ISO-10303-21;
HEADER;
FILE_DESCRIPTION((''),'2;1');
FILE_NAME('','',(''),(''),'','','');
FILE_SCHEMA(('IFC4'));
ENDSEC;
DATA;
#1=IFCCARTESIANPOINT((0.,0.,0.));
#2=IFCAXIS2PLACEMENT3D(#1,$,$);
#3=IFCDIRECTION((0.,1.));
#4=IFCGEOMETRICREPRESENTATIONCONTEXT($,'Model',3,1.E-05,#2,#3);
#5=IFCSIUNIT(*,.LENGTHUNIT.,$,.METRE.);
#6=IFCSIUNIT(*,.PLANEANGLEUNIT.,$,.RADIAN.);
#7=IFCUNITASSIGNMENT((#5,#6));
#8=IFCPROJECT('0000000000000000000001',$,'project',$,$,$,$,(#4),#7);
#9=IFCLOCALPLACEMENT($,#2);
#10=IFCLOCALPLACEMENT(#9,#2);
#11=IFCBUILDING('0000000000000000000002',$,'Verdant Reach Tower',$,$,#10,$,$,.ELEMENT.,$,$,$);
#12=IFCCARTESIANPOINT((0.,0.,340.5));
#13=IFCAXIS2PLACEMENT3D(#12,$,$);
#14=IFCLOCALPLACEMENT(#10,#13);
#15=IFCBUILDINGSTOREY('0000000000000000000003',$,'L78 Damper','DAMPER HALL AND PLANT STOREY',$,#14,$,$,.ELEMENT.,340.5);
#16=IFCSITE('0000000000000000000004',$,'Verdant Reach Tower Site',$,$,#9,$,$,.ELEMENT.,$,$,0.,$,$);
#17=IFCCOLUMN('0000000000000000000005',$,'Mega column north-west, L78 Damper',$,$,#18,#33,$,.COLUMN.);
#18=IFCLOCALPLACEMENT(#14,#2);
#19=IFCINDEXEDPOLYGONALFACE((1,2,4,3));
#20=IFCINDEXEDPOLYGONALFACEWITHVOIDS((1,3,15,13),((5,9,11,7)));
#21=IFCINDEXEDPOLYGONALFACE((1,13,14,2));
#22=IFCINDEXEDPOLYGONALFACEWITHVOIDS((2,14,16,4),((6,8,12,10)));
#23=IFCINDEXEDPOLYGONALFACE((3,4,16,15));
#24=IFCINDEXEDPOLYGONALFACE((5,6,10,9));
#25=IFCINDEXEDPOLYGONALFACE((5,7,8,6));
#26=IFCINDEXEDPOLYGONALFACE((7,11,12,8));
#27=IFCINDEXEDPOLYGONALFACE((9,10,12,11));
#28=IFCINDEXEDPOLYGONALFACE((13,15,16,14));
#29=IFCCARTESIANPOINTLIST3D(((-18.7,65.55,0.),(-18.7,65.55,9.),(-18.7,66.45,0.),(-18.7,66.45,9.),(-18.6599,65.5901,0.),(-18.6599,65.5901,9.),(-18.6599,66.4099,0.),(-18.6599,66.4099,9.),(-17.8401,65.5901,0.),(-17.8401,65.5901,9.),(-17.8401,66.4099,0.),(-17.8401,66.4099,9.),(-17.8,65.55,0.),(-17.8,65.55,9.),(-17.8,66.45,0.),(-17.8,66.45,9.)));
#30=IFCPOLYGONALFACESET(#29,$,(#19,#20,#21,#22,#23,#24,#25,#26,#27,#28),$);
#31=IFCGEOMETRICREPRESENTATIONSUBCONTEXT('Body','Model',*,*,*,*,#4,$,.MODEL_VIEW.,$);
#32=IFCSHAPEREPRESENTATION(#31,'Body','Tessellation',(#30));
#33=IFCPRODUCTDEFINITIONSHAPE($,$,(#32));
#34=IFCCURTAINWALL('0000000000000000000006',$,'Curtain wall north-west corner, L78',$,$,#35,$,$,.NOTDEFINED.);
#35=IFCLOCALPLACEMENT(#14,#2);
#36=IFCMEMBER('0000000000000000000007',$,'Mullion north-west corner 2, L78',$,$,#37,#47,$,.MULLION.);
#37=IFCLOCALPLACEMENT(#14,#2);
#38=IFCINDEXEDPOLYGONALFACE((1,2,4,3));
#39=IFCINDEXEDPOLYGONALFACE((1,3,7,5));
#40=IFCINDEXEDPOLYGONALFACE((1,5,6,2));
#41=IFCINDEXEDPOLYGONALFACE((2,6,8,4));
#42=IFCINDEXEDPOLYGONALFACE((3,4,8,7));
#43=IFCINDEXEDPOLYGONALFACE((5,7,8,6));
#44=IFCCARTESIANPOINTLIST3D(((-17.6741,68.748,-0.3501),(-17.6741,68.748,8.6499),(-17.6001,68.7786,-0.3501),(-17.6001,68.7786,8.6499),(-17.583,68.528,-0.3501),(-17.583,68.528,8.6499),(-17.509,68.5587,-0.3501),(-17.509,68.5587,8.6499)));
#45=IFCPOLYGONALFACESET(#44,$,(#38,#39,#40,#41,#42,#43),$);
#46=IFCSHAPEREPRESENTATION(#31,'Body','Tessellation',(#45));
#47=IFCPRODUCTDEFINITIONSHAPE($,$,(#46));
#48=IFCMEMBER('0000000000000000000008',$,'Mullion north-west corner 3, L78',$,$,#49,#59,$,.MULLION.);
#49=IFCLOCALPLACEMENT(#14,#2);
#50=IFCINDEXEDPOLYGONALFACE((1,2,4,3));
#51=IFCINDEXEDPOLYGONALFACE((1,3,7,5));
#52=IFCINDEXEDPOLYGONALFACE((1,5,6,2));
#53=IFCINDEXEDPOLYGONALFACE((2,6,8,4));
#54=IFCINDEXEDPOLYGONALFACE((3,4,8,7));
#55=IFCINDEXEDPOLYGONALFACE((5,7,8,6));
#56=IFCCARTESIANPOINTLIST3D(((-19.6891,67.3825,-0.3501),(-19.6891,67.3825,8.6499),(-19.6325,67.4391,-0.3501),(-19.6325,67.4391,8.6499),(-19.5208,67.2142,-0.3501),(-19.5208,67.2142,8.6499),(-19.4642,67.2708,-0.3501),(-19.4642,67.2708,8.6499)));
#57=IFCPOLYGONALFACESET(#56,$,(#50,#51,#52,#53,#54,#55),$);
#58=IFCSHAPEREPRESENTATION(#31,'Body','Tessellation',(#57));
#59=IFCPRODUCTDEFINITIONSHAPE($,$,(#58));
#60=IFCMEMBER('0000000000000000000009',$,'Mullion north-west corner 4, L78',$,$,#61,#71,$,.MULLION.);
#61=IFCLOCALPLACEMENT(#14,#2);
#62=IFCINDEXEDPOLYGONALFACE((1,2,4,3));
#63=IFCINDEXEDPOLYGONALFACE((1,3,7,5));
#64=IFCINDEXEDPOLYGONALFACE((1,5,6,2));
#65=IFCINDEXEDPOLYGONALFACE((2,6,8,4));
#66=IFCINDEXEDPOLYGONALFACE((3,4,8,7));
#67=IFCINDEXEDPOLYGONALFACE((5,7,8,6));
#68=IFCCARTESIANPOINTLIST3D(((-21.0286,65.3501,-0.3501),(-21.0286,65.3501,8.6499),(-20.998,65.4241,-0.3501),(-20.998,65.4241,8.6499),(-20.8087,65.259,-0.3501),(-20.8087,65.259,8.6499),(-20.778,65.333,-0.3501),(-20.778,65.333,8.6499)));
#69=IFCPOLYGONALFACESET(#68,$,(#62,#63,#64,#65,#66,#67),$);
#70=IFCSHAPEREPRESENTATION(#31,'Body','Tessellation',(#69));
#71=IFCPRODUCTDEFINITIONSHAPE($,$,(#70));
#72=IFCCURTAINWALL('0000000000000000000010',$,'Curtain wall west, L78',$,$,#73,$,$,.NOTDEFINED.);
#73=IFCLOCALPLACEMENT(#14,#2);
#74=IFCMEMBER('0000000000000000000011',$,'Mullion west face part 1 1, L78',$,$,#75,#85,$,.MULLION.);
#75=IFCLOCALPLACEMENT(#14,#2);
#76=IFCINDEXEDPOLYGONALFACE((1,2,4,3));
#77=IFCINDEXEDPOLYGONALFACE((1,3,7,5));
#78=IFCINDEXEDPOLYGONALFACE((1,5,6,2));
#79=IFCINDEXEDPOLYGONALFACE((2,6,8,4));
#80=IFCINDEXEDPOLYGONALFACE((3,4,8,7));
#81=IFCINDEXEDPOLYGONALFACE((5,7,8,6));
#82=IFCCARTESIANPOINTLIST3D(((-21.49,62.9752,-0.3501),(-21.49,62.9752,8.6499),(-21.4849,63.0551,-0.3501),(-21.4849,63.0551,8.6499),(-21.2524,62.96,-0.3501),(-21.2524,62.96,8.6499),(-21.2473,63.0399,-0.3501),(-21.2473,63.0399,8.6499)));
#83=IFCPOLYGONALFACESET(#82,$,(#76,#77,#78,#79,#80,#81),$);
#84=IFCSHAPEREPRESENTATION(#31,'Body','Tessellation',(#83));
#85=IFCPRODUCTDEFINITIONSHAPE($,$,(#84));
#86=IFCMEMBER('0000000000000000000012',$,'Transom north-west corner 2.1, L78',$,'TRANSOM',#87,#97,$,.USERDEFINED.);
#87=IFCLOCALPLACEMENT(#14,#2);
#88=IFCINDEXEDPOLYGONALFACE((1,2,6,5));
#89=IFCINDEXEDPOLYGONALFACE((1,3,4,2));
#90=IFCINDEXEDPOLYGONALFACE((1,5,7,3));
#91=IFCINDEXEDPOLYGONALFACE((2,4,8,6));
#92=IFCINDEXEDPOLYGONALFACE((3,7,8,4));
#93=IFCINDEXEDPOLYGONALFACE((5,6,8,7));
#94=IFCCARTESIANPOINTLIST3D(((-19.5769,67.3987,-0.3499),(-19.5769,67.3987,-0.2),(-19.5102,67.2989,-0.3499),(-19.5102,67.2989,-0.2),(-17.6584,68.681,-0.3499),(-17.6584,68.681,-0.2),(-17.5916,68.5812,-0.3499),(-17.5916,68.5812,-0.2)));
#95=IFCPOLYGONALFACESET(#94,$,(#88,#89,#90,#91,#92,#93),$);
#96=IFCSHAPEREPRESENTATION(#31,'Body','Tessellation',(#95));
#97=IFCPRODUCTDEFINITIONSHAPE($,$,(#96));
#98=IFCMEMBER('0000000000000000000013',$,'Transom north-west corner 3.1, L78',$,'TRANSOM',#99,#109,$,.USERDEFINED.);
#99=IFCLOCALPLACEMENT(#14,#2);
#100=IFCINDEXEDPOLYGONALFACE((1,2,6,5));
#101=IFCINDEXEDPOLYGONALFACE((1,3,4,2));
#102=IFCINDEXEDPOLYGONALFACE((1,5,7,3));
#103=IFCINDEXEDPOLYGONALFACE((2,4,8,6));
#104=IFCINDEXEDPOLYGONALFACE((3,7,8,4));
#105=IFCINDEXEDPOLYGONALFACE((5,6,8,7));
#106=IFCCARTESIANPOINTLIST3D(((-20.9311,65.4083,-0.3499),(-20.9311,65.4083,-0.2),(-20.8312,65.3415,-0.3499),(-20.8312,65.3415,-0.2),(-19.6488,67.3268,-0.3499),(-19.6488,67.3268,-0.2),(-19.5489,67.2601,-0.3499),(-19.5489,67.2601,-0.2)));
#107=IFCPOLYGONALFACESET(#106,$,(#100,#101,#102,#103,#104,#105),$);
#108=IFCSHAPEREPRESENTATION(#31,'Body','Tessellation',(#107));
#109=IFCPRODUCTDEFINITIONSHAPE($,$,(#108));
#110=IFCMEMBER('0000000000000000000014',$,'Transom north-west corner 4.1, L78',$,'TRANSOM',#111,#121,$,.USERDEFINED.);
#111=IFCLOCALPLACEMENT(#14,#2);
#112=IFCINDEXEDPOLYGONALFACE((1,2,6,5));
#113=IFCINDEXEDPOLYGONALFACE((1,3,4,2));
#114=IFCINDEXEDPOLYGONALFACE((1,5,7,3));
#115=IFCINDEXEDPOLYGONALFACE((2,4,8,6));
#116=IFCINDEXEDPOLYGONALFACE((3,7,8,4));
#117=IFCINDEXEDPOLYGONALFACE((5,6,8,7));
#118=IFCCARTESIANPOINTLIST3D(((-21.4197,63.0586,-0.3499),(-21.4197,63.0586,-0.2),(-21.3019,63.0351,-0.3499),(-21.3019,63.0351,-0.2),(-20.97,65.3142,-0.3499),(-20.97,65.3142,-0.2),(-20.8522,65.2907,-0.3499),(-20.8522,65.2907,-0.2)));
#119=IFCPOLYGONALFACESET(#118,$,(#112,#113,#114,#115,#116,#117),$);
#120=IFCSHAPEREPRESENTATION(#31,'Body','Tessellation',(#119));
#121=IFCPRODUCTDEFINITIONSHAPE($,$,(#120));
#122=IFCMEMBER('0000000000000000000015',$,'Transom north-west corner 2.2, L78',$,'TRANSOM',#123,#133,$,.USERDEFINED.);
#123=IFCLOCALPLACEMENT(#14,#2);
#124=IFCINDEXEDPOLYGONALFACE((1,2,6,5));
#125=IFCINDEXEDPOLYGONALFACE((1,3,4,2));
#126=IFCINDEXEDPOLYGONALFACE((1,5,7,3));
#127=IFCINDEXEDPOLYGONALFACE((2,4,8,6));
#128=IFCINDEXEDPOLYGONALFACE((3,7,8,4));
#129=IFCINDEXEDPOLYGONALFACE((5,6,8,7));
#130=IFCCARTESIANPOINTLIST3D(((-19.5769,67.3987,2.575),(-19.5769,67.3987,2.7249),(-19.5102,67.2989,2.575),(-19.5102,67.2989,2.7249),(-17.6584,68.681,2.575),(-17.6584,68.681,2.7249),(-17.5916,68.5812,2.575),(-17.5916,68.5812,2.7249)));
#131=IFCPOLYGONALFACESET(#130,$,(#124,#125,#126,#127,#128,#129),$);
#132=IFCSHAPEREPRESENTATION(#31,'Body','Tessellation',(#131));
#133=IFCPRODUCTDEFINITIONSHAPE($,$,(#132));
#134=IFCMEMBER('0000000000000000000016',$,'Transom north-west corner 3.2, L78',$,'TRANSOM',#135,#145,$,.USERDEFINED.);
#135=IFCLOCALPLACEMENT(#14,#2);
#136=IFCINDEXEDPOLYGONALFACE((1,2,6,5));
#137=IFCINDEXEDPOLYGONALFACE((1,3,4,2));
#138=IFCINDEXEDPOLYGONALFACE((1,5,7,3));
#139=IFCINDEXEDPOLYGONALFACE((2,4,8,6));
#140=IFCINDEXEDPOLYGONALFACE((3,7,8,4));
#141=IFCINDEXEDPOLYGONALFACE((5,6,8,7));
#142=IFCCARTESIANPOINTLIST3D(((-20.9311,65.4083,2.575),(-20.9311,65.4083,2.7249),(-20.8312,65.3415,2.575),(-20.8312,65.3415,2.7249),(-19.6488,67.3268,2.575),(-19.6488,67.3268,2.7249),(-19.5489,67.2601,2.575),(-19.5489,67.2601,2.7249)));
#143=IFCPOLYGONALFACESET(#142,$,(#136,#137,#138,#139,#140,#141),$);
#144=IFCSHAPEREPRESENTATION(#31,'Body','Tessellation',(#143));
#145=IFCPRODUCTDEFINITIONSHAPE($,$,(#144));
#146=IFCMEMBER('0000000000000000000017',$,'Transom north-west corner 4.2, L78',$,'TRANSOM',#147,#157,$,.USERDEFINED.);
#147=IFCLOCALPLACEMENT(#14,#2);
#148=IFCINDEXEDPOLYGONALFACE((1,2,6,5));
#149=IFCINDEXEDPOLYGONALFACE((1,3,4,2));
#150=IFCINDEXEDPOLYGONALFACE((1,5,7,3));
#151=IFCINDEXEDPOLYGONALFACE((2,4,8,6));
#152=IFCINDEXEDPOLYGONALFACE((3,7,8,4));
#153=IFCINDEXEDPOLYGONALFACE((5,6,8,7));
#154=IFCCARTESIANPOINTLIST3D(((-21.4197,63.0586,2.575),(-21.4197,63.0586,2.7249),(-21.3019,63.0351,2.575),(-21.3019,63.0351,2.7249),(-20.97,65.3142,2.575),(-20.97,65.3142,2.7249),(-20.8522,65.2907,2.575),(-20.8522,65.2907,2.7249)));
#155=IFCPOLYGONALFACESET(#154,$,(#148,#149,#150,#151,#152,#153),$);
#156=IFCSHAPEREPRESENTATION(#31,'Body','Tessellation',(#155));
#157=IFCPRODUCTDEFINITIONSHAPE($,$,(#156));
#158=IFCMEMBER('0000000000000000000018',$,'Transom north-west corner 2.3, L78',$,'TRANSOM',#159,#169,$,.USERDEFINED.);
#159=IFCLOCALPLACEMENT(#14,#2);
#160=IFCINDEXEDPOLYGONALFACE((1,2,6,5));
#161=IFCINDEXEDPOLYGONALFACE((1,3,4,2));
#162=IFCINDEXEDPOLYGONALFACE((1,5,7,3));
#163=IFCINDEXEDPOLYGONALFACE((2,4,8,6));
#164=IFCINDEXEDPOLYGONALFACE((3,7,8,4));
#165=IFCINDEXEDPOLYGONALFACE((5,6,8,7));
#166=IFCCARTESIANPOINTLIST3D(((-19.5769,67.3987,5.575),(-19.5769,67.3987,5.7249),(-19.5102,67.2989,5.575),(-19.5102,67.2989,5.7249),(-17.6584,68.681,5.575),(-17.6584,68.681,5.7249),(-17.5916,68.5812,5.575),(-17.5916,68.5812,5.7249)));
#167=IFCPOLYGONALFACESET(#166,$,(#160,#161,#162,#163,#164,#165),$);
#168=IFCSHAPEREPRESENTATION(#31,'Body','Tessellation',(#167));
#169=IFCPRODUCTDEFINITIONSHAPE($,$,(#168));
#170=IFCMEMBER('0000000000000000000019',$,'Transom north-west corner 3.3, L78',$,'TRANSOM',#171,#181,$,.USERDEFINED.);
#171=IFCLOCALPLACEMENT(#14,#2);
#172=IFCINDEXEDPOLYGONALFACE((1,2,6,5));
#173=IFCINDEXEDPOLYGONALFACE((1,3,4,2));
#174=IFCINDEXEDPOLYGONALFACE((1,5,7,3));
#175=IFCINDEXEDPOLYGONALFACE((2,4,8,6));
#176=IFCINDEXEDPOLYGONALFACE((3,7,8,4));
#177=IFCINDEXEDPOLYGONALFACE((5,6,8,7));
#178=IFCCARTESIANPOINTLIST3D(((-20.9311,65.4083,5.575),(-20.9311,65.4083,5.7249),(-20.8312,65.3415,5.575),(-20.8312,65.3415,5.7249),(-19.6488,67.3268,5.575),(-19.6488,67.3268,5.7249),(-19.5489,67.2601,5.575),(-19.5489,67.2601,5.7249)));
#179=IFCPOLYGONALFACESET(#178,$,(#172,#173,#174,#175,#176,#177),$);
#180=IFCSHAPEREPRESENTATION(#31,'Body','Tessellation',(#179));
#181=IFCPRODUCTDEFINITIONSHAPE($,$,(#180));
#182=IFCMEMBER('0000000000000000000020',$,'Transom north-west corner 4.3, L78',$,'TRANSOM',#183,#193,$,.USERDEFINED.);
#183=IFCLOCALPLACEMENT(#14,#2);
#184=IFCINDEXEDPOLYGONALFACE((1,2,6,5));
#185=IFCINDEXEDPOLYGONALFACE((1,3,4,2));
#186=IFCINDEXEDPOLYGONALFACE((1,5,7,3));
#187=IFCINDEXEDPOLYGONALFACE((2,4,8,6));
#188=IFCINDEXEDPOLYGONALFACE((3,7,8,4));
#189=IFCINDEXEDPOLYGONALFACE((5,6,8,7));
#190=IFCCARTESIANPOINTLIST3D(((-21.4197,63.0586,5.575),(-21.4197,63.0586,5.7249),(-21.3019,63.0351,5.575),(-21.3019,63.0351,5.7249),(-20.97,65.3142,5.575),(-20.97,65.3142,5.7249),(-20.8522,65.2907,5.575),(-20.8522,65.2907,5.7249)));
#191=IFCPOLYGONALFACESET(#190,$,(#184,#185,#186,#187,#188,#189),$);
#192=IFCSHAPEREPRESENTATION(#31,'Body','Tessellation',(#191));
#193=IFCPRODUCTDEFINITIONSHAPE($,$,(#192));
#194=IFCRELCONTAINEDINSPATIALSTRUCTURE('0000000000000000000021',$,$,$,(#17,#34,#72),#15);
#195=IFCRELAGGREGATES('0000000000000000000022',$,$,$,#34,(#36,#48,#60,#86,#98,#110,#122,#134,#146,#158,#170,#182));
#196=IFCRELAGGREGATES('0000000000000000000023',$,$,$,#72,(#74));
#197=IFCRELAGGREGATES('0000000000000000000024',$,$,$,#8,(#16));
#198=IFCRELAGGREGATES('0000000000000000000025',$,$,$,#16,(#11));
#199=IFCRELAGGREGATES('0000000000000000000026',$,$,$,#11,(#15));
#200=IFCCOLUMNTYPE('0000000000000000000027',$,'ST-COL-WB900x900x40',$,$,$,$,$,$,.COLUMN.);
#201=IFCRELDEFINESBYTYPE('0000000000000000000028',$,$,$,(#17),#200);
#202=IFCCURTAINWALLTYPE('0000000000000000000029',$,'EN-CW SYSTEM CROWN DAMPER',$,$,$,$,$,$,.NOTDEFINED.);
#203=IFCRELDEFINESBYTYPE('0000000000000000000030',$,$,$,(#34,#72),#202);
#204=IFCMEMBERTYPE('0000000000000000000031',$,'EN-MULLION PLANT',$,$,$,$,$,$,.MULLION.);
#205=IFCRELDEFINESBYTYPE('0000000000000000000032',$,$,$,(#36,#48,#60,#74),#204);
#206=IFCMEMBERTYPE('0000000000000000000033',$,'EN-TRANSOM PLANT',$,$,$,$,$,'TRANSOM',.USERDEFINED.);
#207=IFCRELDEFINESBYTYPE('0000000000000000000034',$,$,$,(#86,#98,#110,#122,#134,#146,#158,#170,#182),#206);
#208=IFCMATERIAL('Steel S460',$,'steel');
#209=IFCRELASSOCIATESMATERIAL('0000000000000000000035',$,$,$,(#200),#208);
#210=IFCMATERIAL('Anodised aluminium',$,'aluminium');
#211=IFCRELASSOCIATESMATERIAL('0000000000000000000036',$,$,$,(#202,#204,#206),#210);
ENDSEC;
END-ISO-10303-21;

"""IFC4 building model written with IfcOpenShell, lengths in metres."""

from ifc_helpers import new_model, si_unit, direction, frame, origin, origin_2d, place, context, subcontext, project, spatial, rectangle, hollow_rectangle, extrude, material, material_profile, profile_set, type_object, element, aggregate, save


model = new_model("IFC4")

# Units and contexts
model_context = context("Model", 3, precision=1e-05, world=origin(), true_north=direction((0.0, 1.0)))
body_context = subcontext(model_context, "Body", "Model", "MODEL_VIEW")
ifc_project = project(units=[si_unit("LENGTHUNIT", "METRE"), si_unit("PLANEANGLEUNIT", "RADIAN")], contexts=[model_context])

# Site, building, storey
site_placement = place(None, origin())
site = spatial("IfcSite", under=ifc_project, at=site_placement, Name="Verdant Reach Tower Site", CompositionType="ELEMENT", RefElevation=0.0)
building_placement = place(site_placement, origin())
building = spatial("IfcBuilding", under=site, at=building_placement, Name="Verdant Reach Tower", CompositionType="ELEMENT")
storey_placement = place(building_placement, frame((0.0, 0.0, 340.5)))
storey = spatial("IfcBuildingStorey", under=building, at=storey_placement, Name="L78 Damper", Description="DAMPER HALL AND PLANT STOREY", CompositionType="ELEMENT", Elevation=340.5)

# Column
ifc_material_1 = material(Name="Steel S460", Category="steel")
ifc_material_profile_1 = material_profile(ifc_material_1, hollow_rectangle(XDim=0.8999, YDim=0.8999, WallThickness=0.04, at=origin_2d()), Name="WB 900x900x40")
ifc_profile_set_1 = profile_set([ifc_material_profile_1], Name="Steel S460")
column_type = type_object("IfcColumnType", Name="ST-COL-WB900x900x40", PredefinedType="COLUMN", material=ifc_profile_set_1)
column_placement = place(storey_placement, frame((-18.25, 66.0, 0.0), z_axis=(0.0, 0.0, 1.0), x_axis=(1.0, 0.0, 0.0)))
element("IfcColumn", 1, at=column_placement, inside=storey, type_object=column_type, Name="Mega column north-west, L78 Damper", PredefinedType="COLUMN", context=body_context, shape_type="SweptSolid", body=[
    extrude(hollow_rectangle(XDim=0.8999, YDim=0.8999, WallThickness=0.04, at=origin_2d()), origin(), (0.0, 0.0, 1.0), 9.0),
])

# Curtain wall, members
ifc_material_2 = material(Name="Anodised aluminium", Category="aluminium")
curtain_wall_type = type_object("IfcCurtainWallType", Name="EN-CW SYSTEM CROWN DAMPER", PredefinedType="NOTDEFINED", material=ifc_material_2)
curtain_wall_1_placement = place(storey_placement, origin())
curtain_wall_1 = element("IfcCurtainWall", 2, at=curtain_wall_1_placement, inside=storey, type_object=curtain_wall_type, Name="Curtain wall north-west corner, L78", PredefinedType="NOTDEFINED")
ifc_material_profile_2 = material_profile(ifc_material_2, rectangle(XDim=0.238, YDim=0.0801, at=origin_2d()), Name="Mullion 80x240")
ifc_profile_set_2 = profile_set([ifc_material_profile_2], Name="Anodised aluminium")
member_type_1 = type_object("IfcMemberType", Name="EN-MULLION PLANT", PredefinedType="MULLION", material=ifc_profile_set_2)
member_1_placement = place(storey_placement, frame((-17.5916, 68.6533, -0.3501), z_axis=(0.0, 0.0, 1.0), x_axis=(-0.382694, 0.923875, 0.0)))
member_1 = element("IfcMember", 3, at=member_1_placement, type_object=member_type_1, Name="Mullion north-west corner 2, L78", PredefinedType="MULLION", context=body_context, shape_type="SweptSolid", body=[
    extrude(rectangle(XDim=0.238, YDim=0.0801, at=origin_2d()), origin(), (0.0, 0.0, 1.0), 9.0),
])
member_2_placement = place(storey_placement, frame((-19.5767, 67.3267, -0.3501), z_axis=(0.0, 0.0, 1.0), x_axis=(-0.707107, 0.707107, 0.0)))
member_2 = element("IfcMember", 4, at=member_2_placement, type_object=member_type_1, Name="Mullion north-west corner 3, L78", PredefinedType="MULLION", context=body_context, shape_type="SweptSolid", body=[
    extrude(rectangle(XDim=0.238, YDim=0.0801, at=origin_2d()), origin(), (0.0, 0.0, 1.0), 9.0),
])
member_3_placement = place(storey_placement, frame((-20.9033, 65.3416, -0.3501), z_axis=(0.0, 0.0, 1.0), x_axis=(-0.923875, 0.382694, 0.0)))
member_3 = element("IfcMember", 5, at=member_3_placement, type_object=member_type_1, Name="Mullion north-west corner 4, L78", PredefinedType="MULLION", context=body_context, shape_type="SweptSolid", body=[
    extrude(rectangle(XDim=0.238, YDim=0.0801, at=origin_2d()), origin(), (0.0, 0.0, 1.0), 9.0),
])

# Curtain wall, member
curtain_wall_2_placement = place(storey_placement, origin())
curtain_wall_2 = element("IfcCurtainWall", 6, at=curtain_wall_2_placement, inside=storey, type_object=curtain_wall_type, Name="Curtain wall west, L78", PredefinedType="NOTDEFINED")
member_4_placement = place(storey_placement, frame((-21.3687, 63.0076, -0.3501), z_axis=(0.0, 0.0, 1.0), x_axis=(-0.997969, 0.063699, 0.0)))
member_4 = element("IfcMember", 7, at=member_4_placement, type_object=member_type_1, Name="Mullion west face part 1 1, L78", PredefinedType="MULLION", context=body_context, shape_type="SweptSolid", body=[
    extrude(rectangle(XDim=0.238, YDim=0.0801, at=origin_2d()), origin(), (0.0, 0.0, 1.0), 9.0),
])

# Members
ifc_material_profile_3 = material_profile(ifc_material_2, rectangle(XDim=0.1201, YDim=0.1499, at=origin_2d()), Name="Transom 150x120")
ifc_profile_set_3 = profile_set([ifc_material_profile_3], Name="Anodised aluminium")
member_type_2 = type_object("IfcMemberType", Name="EN-TRANSOM PLANT", ElementType="TRANSOM", PredefinedType="USERDEFINED", material=ifc_profile_set_3)
member_5_placement = place(storey_placement, frame((-17.625, 68.6311, -0.2749), z_axis=(-0.831399, -0.555676, 0.0), x_axis=(0.555676, -0.831399, 0.0)))
member_5 = element("IfcMember", 8, at=member_5_placement, type_object=member_type_2, Name="Transom north-west corner 2.1, L78", ObjectType="TRANSOM", PredefinedType="USERDEFINED", context=body_context, shape_type="SweptSolid", body=[
    extrude(rectangle(XDim=0.1201, YDim=0.1499, at=origin_2d()), origin(), (0.0, 0.0, 1.0), 2.3076),
])
member_6_placement = place(storey_placement, frame((-19.5989, 67.2935, -0.2749), z_axis=(-0.555676, -0.831399, 0.0), x_axis=(0.831399, -0.555676, 0.0)))
member_6 = element("IfcMember", 9, at=member_6_placement, type_object=member_type_2, Name="Transom north-west corner 3.1, L78", ObjectType="TRANSOM", PredefinedType="USERDEFINED", context=body_context, shape_type="SweptSolid", body=[
    extrude(rectangle(XDim=0.1201, YDim=0.1499, at=origin_2d()), origin(), (0.0, 0.0, 1.0), 2.3076),
])
member_7_placement = place(storey_placement, frame((-20.9111, 65.3025, -0.2749), z_axis=(-0.195524, -0.980699, 0.0), x_axis=(0.980699, -0.195524, 0.0)))
member_7 = element("IfcMember", 10, at=member_7_placement, type_object=member_type_2, Name="Transom north-west corner 4.1, L78", ObjectType="TRANSOM", PredefinedType="USERDEFINED", context=body_context, shape_type="SweptSolid", body=[
    extrude(rectangle(XDim=0.1201, YDim=0.1499, at=origin_2d()), origin(), (0.0, 0.0, 1.0), 2.3),
])
member_8_placement = place(storey_placement, frame((-17.625, 68.6311, 2.6499), z_axis=(-0.831399, -0.555676, 0.0), x_axis=(0.555676, -0.831399, 0.0)))
member_8 = element("IfcMember", 11, at=member_8_placement, type_object=member_type_2, Name="Transom north-west corner 2.2, L78", ObjectType="TRANSOM", PredefinedType="USERDEFINED", context=body_context, shape_type="SweptSolid", body=[
    extrude(rectangle(XDim=0.1201, YDim=0.1499, at=origin_2d()), origin(), (0.0, 0.0, 1.0), 2.3076),
])
member_9_placement = place(storey_placement, frame((-19.5989, 67.2935, 2.6499), z_axis=(-0.555676, -0.831399, 0.0), x_axis=(0.831399, -0.555676, 0.0)))
member_9 = element("IfcMember", 12, at=member_9_placement, type_object=member_type_2, Name="Transom north-west corner 3.2, L78", ObjectType="TRANSOM", PredefinedType="USERDEFINED", context=body_context, shape_type="SweptSolid", body=[
    extrude(rectangle(XDim=0.1201, YDim=0.1499, at=origin_2d()), origin(), (0.0, 0.0, 1.0), 2.3076),
])
member_10_placement = place(storey_placement, frame((-20.9111, 65.3025, 2.6499), z_axis=(-0.195524, -0.980699, 0.0), x_axis=(0.980699, -0.195524, 0.0)))
member_10 = element("IfcMember", 13, at=member_10_placement, type_object=member_type_2, Name="Transom north-west corner 4.2, L78", ObjectType="TRANSOM", PredefinedType="USERDEFINED", context=body_context, shape_type="SweptSolid", body=[
    extrude(rectangle(XDim=0.1201, YDim=0.1499, at=origin_2d()), origin(), (0.0, 0.0, 1.0), 2.3),
])
member_11_placement = place(storey_placement, frame((-17.625, 68.6311, 5.6499), z_axis=(-0.831399, -0.555676, 0.0), x_axis=(0.555676, -0.831399, 0.0)))
member_11 = element("IfcMember", 14, at=member_11_placement, type_object=member_type_2, Name="Transom north-west corner 2.3, L78", ObjectType="TRANSOM", PredefinedType="USERDEFINED", context=body_context, shape_type="SweptSolid", body=[
    extrude(rectangle(XDim=0.1201, YDim=0.1499, at=origin_2d()), origin(), (0.0, 0.0, 1.0), 2.3076),
])
member_12_placement = place(storey_placement, frame((-19.5989, 67.2935, 5.6499), z_axis=(-0.555676, -0.831399, 0.0), x_axis=(0.831399, -0.555676, 0.0)))
member_12 = element("IfcMember", 15, at=member_12_placement, type_object=member_type_2, Name="Transom north-west corner 3.3, L78", ObjectType="TRANSOM", PredefinedType="USERDEFINED", context=body_context, shape_type="SweptSolid", body=[
    extrude(rectangle(XDim=0.1201, YDim=0.1499, at=origin_2d()), origin(), (0.0, 0.0, 1.0), 2.3076),
])
member_13_placement = place(storey_placement, frame((-20.9111, 65.3025, 5.6499), z_axis=(-0.195524, -0.980699, 0.0), x_axis=(0.980699, -0.195524, 0.0)))
member_13 = element("IfcMember", 16, at=member_13_placement, type_object=member_type_2, Name="Transom north-west corner 4.3, L78", ObjectType="TRANSOM", PredefinedType="USERDEFINED", context=body_context, shape_type="SweptSolid", body=[
    extrude(rectangle(XDim=0.1201, YDim=0.1499, at=origin_2d()), origin(), (0.0, 0.0, 1.0), 2.3),
])

aggregate(curtain_wall_1, [member_1, member_2, member_3, member_5, member_6, member_7, member_8, member_9, member_10, member_11, member_12, member_13])
aggregate(curtain_wall_2, [member_4])

save(model, "model.ifc")
